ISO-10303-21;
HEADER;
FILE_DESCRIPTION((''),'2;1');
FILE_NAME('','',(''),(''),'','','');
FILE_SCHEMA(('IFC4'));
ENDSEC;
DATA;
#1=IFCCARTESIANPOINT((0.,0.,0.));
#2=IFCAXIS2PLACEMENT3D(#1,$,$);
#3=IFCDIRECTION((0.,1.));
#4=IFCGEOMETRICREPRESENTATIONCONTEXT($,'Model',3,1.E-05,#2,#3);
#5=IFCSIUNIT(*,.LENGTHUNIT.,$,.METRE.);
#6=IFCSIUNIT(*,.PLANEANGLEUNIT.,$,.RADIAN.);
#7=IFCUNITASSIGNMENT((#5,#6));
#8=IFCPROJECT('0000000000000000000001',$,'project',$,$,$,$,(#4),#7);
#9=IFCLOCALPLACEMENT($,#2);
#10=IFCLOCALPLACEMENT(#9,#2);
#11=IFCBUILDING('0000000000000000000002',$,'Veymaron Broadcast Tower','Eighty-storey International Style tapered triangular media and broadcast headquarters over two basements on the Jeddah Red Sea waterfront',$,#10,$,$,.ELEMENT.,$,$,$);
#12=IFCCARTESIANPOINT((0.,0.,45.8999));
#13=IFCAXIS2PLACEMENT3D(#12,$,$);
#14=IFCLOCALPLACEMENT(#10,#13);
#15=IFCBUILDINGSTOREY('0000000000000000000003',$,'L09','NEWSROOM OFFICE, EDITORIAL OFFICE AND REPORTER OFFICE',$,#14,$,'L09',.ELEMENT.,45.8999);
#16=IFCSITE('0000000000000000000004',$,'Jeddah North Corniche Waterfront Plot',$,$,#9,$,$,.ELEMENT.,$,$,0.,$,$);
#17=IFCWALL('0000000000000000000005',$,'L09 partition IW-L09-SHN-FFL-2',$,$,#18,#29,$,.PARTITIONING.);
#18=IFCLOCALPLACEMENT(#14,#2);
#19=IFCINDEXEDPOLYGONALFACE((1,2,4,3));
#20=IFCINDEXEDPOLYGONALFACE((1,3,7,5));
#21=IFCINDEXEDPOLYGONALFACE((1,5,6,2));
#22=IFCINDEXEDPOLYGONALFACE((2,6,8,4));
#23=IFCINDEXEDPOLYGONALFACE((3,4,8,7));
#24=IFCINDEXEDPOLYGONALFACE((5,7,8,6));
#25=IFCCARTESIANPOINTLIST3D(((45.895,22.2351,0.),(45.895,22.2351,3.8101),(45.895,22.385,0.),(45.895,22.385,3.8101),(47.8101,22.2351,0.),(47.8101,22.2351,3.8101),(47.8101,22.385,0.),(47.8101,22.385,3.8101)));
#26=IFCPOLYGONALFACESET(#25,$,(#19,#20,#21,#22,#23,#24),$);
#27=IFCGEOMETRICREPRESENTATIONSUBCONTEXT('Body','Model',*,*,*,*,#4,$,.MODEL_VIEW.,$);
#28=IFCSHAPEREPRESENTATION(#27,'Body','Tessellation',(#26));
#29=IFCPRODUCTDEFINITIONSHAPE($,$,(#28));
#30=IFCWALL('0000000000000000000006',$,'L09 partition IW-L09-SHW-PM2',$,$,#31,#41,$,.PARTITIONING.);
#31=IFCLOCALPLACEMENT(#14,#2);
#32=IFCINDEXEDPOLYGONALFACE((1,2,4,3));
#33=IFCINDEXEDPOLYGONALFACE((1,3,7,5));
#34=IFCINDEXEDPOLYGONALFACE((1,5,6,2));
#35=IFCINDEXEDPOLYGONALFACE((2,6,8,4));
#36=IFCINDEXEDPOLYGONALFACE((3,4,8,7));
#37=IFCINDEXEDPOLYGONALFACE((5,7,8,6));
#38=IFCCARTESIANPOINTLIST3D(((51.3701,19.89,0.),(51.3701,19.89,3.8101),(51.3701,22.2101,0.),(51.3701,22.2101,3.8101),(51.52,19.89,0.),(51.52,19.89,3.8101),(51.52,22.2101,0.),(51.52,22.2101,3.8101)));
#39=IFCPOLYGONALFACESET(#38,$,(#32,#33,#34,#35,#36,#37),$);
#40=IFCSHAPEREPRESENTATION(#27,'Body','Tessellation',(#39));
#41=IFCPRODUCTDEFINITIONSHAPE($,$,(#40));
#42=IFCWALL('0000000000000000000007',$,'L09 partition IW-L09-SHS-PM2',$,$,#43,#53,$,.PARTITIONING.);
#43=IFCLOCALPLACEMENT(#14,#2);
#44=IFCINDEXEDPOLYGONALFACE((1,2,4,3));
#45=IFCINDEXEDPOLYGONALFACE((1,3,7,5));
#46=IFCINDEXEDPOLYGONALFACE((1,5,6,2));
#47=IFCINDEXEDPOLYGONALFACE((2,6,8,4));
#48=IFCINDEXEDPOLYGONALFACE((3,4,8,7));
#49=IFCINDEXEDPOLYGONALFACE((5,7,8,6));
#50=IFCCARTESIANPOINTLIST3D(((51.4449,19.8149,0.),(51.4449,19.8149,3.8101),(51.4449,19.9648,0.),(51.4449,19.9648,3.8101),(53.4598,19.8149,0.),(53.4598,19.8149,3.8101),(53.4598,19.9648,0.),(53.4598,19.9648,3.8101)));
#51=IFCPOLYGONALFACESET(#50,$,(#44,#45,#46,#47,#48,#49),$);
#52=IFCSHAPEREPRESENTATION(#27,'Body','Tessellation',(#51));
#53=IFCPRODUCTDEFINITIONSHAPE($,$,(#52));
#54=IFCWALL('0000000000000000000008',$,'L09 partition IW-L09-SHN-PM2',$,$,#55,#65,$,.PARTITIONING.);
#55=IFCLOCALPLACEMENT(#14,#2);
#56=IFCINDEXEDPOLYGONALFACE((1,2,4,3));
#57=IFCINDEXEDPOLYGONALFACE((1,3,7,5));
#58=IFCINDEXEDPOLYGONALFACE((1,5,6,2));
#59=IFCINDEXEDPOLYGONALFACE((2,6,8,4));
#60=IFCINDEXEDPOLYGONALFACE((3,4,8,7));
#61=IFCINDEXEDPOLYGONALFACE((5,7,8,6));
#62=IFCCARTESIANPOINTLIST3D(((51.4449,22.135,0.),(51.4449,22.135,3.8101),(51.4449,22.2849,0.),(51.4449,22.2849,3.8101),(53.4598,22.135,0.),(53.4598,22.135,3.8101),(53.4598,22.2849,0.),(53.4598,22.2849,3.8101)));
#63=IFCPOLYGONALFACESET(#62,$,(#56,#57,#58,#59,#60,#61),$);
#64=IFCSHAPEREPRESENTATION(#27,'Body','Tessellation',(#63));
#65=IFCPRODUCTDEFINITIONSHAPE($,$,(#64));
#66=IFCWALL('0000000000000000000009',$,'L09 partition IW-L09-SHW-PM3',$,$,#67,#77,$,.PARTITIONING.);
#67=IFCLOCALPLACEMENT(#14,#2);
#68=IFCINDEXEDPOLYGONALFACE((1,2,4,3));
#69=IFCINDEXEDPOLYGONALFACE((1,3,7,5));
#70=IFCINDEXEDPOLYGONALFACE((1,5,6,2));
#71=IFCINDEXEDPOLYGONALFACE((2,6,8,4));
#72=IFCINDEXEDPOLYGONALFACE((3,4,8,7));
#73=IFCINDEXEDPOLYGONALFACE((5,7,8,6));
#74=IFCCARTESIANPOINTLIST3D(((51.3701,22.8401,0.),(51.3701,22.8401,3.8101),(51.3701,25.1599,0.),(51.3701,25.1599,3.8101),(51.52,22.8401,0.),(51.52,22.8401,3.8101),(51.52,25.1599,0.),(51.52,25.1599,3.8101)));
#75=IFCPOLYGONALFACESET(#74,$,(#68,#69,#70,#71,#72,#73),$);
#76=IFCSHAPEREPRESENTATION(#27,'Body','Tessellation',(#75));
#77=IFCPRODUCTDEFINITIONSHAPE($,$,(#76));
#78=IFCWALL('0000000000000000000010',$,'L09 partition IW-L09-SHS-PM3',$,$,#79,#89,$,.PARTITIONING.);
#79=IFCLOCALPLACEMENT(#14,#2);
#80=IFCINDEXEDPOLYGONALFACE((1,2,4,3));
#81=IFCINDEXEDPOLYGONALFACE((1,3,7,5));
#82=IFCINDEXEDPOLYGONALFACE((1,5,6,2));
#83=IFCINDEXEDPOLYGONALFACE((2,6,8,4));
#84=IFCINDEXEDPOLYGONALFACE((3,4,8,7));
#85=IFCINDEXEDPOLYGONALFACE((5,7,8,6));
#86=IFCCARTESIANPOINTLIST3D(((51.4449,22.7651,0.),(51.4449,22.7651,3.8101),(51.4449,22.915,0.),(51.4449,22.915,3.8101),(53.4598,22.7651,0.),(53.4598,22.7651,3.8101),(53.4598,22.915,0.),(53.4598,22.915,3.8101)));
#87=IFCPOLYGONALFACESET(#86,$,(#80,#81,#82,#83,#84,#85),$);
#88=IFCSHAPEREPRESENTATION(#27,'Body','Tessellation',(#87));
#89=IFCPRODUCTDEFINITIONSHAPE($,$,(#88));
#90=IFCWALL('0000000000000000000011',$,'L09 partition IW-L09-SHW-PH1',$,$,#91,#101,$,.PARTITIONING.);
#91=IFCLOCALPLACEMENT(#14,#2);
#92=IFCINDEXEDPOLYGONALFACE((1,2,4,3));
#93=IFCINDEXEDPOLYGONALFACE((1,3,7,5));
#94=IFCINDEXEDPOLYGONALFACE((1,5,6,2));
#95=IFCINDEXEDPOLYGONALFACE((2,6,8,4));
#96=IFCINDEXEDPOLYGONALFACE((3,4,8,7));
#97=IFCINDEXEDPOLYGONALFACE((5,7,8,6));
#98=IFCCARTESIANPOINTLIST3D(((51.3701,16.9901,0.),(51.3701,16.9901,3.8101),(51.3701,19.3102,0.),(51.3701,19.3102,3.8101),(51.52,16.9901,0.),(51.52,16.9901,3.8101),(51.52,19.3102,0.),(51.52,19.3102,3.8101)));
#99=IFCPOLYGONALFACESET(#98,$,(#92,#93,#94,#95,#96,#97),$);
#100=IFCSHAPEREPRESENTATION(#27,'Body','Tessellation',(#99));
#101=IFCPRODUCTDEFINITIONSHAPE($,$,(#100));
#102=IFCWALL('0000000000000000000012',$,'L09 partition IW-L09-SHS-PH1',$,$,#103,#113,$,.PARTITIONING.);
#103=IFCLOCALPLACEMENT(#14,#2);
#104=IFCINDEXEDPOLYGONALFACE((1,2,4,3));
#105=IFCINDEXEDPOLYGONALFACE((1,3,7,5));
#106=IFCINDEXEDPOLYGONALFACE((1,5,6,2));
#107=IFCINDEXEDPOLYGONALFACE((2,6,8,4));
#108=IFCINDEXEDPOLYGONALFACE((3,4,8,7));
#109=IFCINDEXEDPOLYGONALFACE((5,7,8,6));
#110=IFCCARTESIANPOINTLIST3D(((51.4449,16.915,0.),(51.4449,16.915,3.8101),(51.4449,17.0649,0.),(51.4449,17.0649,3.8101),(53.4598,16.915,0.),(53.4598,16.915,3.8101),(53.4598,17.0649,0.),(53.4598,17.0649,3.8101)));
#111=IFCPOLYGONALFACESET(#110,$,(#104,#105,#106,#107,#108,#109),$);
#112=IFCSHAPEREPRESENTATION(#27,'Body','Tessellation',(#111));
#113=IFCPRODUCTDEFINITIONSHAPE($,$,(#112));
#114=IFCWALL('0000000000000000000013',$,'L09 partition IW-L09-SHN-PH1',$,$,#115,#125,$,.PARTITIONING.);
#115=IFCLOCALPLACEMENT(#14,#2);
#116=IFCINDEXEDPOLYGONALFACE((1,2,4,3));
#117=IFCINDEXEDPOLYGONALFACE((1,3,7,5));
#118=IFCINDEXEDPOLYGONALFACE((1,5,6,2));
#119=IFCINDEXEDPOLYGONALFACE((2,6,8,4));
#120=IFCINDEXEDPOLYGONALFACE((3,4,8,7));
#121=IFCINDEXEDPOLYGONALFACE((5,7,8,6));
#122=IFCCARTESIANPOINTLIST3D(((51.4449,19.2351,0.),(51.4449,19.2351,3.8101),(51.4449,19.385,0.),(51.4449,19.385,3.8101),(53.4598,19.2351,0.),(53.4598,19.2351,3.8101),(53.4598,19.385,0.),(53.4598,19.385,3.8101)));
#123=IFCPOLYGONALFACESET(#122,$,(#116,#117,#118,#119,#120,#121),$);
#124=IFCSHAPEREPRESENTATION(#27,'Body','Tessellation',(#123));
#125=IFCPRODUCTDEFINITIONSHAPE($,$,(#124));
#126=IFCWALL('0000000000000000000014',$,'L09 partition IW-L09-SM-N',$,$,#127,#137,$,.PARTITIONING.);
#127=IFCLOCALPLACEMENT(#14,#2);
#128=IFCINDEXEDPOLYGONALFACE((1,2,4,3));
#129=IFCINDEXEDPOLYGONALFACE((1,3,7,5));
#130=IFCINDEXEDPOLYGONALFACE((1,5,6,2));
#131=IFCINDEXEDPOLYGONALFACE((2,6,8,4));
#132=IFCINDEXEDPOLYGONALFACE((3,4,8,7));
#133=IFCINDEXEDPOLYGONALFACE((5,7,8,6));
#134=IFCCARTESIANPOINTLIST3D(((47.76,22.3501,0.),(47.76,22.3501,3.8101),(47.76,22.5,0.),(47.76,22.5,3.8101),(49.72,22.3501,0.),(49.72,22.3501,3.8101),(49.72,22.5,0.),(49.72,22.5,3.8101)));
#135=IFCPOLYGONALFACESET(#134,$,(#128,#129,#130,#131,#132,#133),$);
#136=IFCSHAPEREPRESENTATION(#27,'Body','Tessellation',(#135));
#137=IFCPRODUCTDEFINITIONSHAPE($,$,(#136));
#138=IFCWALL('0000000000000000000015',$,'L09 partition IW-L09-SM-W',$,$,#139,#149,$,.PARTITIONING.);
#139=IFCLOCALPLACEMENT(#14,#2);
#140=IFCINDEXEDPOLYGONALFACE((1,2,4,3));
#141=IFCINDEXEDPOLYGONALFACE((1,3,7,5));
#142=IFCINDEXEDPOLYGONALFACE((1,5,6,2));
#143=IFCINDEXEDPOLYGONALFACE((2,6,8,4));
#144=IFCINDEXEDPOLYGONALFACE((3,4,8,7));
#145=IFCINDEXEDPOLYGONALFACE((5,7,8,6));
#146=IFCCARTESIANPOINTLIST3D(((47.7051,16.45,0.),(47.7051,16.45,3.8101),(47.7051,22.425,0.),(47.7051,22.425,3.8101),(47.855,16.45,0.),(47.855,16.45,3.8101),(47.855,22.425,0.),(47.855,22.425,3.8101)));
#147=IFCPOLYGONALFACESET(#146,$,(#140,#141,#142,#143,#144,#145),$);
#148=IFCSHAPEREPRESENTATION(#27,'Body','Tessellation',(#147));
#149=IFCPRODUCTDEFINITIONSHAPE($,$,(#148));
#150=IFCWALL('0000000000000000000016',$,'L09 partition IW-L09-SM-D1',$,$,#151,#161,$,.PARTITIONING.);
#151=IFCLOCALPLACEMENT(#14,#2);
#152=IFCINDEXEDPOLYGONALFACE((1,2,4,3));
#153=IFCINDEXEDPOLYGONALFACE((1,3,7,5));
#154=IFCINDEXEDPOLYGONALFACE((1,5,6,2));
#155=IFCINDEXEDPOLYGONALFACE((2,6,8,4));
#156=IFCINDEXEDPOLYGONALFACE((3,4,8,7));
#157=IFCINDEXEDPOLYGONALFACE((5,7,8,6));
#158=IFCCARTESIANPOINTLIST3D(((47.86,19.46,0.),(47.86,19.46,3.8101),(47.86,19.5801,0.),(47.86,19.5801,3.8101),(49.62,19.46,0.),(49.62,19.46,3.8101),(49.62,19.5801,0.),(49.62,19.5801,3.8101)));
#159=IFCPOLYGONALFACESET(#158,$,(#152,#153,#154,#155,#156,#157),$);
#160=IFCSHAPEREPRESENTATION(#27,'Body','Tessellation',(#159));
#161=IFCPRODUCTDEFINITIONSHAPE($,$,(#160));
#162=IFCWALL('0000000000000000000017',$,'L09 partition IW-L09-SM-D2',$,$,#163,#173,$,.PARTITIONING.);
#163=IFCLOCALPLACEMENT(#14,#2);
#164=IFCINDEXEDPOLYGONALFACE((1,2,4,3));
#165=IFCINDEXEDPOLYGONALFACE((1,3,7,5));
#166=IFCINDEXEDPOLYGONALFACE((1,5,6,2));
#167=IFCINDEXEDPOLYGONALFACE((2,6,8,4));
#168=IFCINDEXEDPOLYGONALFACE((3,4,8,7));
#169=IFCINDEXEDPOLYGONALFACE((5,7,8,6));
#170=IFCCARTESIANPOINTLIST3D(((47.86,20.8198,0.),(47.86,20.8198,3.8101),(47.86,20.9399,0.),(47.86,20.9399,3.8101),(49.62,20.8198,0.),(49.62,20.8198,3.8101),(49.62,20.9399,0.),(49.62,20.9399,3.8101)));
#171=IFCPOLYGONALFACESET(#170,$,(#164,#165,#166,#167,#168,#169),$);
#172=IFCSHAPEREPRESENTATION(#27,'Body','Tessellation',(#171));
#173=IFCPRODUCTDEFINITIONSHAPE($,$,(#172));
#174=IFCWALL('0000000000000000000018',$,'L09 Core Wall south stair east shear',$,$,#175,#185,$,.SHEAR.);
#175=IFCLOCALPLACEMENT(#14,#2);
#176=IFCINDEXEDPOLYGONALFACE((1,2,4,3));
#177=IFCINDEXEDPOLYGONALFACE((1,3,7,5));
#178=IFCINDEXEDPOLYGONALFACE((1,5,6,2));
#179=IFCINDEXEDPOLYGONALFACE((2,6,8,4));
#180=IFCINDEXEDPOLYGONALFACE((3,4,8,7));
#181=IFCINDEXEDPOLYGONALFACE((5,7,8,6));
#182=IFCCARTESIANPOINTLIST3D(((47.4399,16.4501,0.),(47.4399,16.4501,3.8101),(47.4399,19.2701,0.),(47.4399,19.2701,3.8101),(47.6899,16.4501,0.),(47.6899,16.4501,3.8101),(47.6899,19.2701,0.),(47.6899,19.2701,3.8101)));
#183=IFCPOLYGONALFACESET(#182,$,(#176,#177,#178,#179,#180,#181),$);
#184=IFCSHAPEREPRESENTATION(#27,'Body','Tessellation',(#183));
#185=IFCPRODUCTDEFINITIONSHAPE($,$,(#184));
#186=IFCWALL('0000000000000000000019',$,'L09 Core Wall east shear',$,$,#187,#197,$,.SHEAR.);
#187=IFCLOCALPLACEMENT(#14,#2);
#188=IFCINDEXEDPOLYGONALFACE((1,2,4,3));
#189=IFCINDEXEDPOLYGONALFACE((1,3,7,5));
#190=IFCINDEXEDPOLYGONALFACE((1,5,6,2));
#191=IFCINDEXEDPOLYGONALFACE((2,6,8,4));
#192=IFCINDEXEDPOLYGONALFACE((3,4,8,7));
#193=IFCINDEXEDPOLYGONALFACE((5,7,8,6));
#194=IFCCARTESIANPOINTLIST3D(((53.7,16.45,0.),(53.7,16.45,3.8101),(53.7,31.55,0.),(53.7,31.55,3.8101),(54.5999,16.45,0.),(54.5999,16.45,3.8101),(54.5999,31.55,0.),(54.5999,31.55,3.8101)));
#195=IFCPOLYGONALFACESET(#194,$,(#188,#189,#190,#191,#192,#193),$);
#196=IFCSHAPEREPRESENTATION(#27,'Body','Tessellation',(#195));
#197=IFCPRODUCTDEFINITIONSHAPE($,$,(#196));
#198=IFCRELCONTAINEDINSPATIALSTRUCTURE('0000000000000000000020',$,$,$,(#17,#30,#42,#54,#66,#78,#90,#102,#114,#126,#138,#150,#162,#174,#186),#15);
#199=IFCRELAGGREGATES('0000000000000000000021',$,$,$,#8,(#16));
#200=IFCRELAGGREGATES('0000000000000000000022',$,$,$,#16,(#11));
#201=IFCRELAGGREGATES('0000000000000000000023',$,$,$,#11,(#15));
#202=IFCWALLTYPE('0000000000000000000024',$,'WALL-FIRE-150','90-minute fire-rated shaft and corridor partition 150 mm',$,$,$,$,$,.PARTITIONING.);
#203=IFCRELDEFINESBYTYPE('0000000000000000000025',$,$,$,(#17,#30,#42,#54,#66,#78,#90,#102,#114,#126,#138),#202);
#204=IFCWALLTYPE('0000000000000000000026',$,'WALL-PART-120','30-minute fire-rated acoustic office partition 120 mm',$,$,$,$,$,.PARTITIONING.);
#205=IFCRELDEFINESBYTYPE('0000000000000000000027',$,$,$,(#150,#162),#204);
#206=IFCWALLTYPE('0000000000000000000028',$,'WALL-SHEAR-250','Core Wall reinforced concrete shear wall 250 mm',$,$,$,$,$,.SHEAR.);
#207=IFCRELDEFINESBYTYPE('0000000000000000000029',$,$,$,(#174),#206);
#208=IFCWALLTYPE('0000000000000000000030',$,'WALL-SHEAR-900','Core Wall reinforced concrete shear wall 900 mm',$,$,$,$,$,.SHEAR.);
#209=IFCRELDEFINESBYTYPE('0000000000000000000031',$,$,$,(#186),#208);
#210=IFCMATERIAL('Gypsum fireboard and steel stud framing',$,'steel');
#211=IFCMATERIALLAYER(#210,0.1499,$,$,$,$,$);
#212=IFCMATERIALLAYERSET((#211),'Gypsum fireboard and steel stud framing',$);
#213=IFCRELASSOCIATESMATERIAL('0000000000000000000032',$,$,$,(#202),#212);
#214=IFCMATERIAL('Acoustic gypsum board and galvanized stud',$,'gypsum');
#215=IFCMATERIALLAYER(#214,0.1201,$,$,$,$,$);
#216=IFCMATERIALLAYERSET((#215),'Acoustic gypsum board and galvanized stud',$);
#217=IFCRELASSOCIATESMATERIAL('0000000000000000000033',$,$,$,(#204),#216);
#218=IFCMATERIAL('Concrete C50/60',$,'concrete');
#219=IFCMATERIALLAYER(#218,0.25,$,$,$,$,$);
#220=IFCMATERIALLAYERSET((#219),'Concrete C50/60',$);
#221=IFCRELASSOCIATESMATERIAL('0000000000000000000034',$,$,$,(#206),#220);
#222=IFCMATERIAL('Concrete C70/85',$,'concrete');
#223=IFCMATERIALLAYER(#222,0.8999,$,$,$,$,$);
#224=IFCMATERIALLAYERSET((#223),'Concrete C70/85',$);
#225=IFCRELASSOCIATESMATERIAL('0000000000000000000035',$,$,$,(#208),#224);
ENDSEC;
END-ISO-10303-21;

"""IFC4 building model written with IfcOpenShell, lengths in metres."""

from ifc_helpers import new_model, si_unit, direction, frame, frame_2d, origin, place, context, subcontext, project, spatial, rectangle, extrude, material, layer, layer_set, type_object, element, save


model = new_model("IFC4")

# Units and contexts
model_context = context("Model", 3, precision=1e-05, world=origin(), true_north=direction((0.0, 1.0)))
body_context = subcontext(model_context, "Body", "Model", "MODEL_VIEW")
ifc_project = project(units=[si_unit("LENGTHUNIT", "METRE"), si_unit("PLANEANGLEUNIT", "RADIAN")], contexts=[model_context])

# Site, building, storey
site_placement = place(None, origin())
site = spatial("IfcSite", under=ifc_project, at=site_placement, Name="Jeddah North Corniche Waterfront Plot", CompositionType="ELEMENT", RefElevation=0.0)
building_placement = place(site_placement, origin())
building = spatial("IfcBuilding", under=site, at=building_placement, Name="Veymaron Broadcast Tower", Description="Eighty-storey International Style tapered triangular media and broadcast headquarters over two basements on the Jeddah Red Sea waterfront", CompositionType="ELEMENT")
storey_placement = place(building_placement, frame((0.0, 0.0, 45.8999)))
storey = spatial("IfcBuildingStorey", under=building, at=storey_placement, Name="L09", Description="NEWSROOM OFFICE, EDITORIAL OFFICE AND REPORTER OFFICE", LongName="L09", CompositionType="ELEMENT", Elevation=45.8999)

# Shared definitions
ifc_material_1 = material(Name="Gypsum fireboard and steel stud framing", Category="steel")
ifc_layer_1 = layer(ifc_material_1, 0.1499)
ifc_layer_set_1 = layer_set([ifc_layer_1], Name="Gypsum fireboard and steel stud framing")
wall_type_1 = type_object("IfcWallType", Name="WALL-FIRE-150", Description="90-minute fire-rated shaft and corridor partition 150 mm", PredefinedType="PARTITIONING", material=ifc_layer_set_1)

# Walls
wall_1_placement = place(storey_placement, frame((45.895, 22.3101, 0.0), z_axis=(0.0, 0.0, 1.0), x_axis=(1.0, 0.0, 0.0)))
element("IfcWall", 1, at=wall_1_placement, inside=storey, type_object=wall_type_1, Name="L09 partition IW-L09-SHN-FFL-2", PredefinedType="PARTITIONING", context=body_context, shape_type="SweptSolid", body=[
    extrude(rectangle(XDim=1.915, YDim=0.1499, at=frame_2d((0.9575, 0.0))), origin(), (0.0, 0.0, 1.0), 3.8101),
])
wall_2_placement = place(storey_placement, frame((51.4451, 19.8899, 0.0), z_axis=(0.0, 0.0, 1.0), x_axis=(0.0, 1.0, 0.0)))
element("IfcWall", 2, at=wall_2_placement, inside=storey, type_object=wall_type_1, Name="L09 partition IW-L09-SHW-PM2", PredefinedType="PARTITIONING", context=body_context, shape_type="SweptSolid", body=[
    extrude(rectangle(XDim=2.3201, YDim=0.1499, at=frame_2d((1.1602, 0.0))), origin(), (0.0, 0.0, 1.0), 3.8101),
])
for number, where, z_axis, x_axis, name in (
    (3, (51.4451, 19.8899, 0.0), (0.0, 0.0, 1.0), (1.0, 0.0, 0.0), "L09 partition IW-L09-SHS-PM2"),
    (4, (51.4451, 22.21, 0.0), (0.0, 0.0, 1.0), (1.0, 0.0, 0.0), "L09 partition IW-L09-SHN-PM2"),
):
    element("IfcWall", number, at=place(storey_placement, frame(where, z_axis=z_axis, x_axis=x_axis)), inside=storey, type_object=wall_type_1, Name=name, PredefinedType="PARTITIONING", context=body_context, shape_type="SweptSolid", body=[
        extrude(rectangle(XDim=2.0149, YDim=0.1499, at=frame_2d((1.0073, 0.0))), origin(), (0.0, 0.0, 1.0), 3.8101),
    ])
wall_3_placement = place(storey_placement, frame((51.4451, 22.8401, 0.0), z_axis=(0.0, 0.0, 1.0), x_axis=(0.0, 1.0, 0.0)))
element("IfcWall", 5, at=wall_3_placement, inside=storey, type_object=wall_type_1, Name="L09 partition IW-L09-SHW-PM3", PredefinedType="PARTITIONING", context=body_context, shape_type="SweptSolid", body=[
    extrude(rectangle(XDim=2.3198, YDim=0.1499, at=frame_2d((1.1599, 0.0))), origin(), (0.0, 0.0, 1.0), 3.8101),
])
wall_4_placement = place(storey_placement, frame((51.4451, 22.8401, 0.0), z_axis=(0.0, 0.0, 1.0), x_axis=(1.0, 0.0, 0.0)))
element("IfcWall", 6, at=wall_4_placement, inside=storey, type_object=wall_type_1, Name="L09 partition IW-L09-SHS-PM3", PredefinedType="PARTITIONING", context=body_context, shape_type="SweptSolid", body=[
    extrude(rectangle(XDim=2.0149, YDim=0.1499, at=frame_2d((1.0073, 0.0))), origin(), (0.0, 0.0, 1.0), 3.8101),
])
wall_5_placement = place(storey_placement, frame((51.4451, 16.99, 0.0), z_axis=(0.0, 0.0, 1.0), x_axis=(0.0, 1.0, 0.0)))
element("IfcWall", 7, at=wall_5_placement, inside=storey, type_object=wall_type_1, Name="L09 partition IW-L09-SHW-PH1", PredefinedType="PARTITIONING", context=body_context, shape_type="SweptSolid", body=[
    extrude(rectangle(XDim=2.3201, YDim=0.1499, at=frame_2d((1.1602, 0.0))), origin(), (0.0, 0.0, 1.0), 3.8101),
])
for number, where, z_axis, x_axis, name in (
    (8, (51.4451, 16.99, 0.0), (0.0, 0.0, 1.0), (1.0, 0.0, 0.0), "L09 partition IW-L09-SHS-PH1"),
    (9, (51.4451, 19.3101, 0.0), (0.0, 0.0, 1.0), (1.0, 0.0, 0.0), "L09 partition IW-L09-SHN-PH1"),
):
    element("IfcWall", number, at=place(storey_placement, frame(where, z_axis=z_axis, x_axis=x_axis)), inside=storey, type_object=wall_type_1, Name=name, PredefinedType="PARTITIONING", context=body_context, shape_type="SweptSolid", body=[
        extrude(rectangle(XDim=2.0149, YDim=0.1499, at=frame_2d((1.0073, 0.0))), origin(), (0.0, 0.0, 1.0), 3.8101),
    ])

# Walls
wall_6_placement = place(storey_placement, frame((47.76, 22.425, 0.0), z_axis=(0.0, 0.0, 1.0), x_axis=(1.0, 0.0, 0.0)))
element("IfcWall", 10, at=wall_6_placement, inside=storey, type_object=wall_type_1, Name="L09 partition IW-L09-SM-N", PredefinedType="PARTITIONING", context=body_context, shape_type="SweptSolid", body=[
    extrude(rectangle(XDim=1.96, YDim=0.1499, at=frame_2d((0.98, 0.0))), origin(), (0.0, 0.0, 1.0), 3.8101),
])
wall_7_placement = place(storey_placement, frame((47.78, 16.45, 0.0), z_axis=(0.0, 0.0, 1.0), x_axis=(0.0, 1.0, 0.0)))
element("IfcWall", 11, at=wall_7_placement, inside=storey, type_object=wall_type_1, Name="L09 partition IW-L09-SM-W", PredefinedType="PARTITIONING", context=body_context, shape_type="SweptSolid", body=[
    extrude(rectangle(XDim=5.9751, YDim=0.1499, at=frame_2d((2.9875, 0.0))), origin(), (0.0, 0.0, 1.0), 3.8101),
])
ifc_material_2 = material(Name="Acoustic gypsum board and galvanized stud", Category="gypsum")
ifc_layer_2 = layer(ifc_material_2, 0.1201)
ifc_layer_set_2 = layer_set([ifc_layer_2], Name="Acoustic gypsum board and galvanized stud")
wall_type_2 = type_object("IfcWallType", Name="WALL-PART-120", Description="30-minute fire-rated acoustic office partition 120 mm", PredefinedType="PARTITIONING", material=ifc_layer_set_2)
for number, where, z_axis, x_axis, name in (
    (12, (47.8601, 19.52, 0.0), (0.0, 0.0, 1.0), (1.0, 0.0, 0.0), "L09 partition IW-L09-SM-D1"),
    (13, (47.8601, 20.8799, 0.0), (0.0, 0.0, 1.0), (1.0, 0.0, 0.0), "L09 partition IW-L09-SM-D2"),
):
    element("IfcWall", number, at=place(storey_placement, frame(where, z_axis=z_axis, x_axis=x_axis)), inside=storey, type_object=wall_type_2, Name=name, PredefinedType="PARTITIONING", context=body_context, shape_type="SweptSolid", body=[
        extrude(rectangle(XDim=1.76, YDim=0.1201, at=frame_2d((0.8799, 0.0))), origin(), (0.0, 0.0, 1.0), 3.8101),
    ])

# Walls
ifc_material_3 = material(Name="Concrete C50/60", Category="concrete")
ifc_layer_3 = layer(ifc_material_3, 0.25)
ifc_layer_set_3 = layer_set([ifc_layer_3], Name="Concrete C50/60")
wall_type_3 = type_object("IfcWallType", Name="WALL-SHEAR-250", Description="Core Wall reinforced concrete shear wall 250 mm", PredefinedType="SHEAR", material=ifc_layer_set_3)
wall_8_placement = place(storey_placement, frame((47.5649, 16.45, 0.0), z_axis=(0.0, 0.0, 1.0), x_axis=(0.0, 1.0, 0.0)))
element("IfcWall", 14, at=wall_8_placement, inside=storey, type_object=wall_type_3, Name="L09 Core Wall south stair east shear", PredefinedType="SHEAR", context=body_context, shape_type="SweptSolid", body=[
    extrude(rectangle(XDim=2.8201, YDim=0.25, at=frame_2d((1.4102, 0.0))), origin(), (0.0, 0.0, 1.0), 3.8101),
])
ifc_material_4 = material(Name="Concrete C70/85", Category="concrete")
ifc_layer_4 = layer(ifc_material_4, 0.8999)
ifc_layer_set_4 = layer_set([ifc_layer_4], Name="Concrete C70/85")
wall_type_4 = type_object("IfcWallType", Name="WALL-SHEAR-900", Description="Core Wall reinforced concrete shear wall 900 mm", PredefinedType="SHEAR", material=ifc_layer_set_4)
wall_9_placement = place(storey_placement, frame((54.1499, 16.45, 0.0), z_axis=(0.0, 0.0, 1.0), x_axis=(0.0, 1.0, 0.0)))
element("IfcWall", 15, at=wall_9_placement, inside=storey, type_object=wall_type_4, Name="L09 Core Wall east shear", PredefinedType="SHEAR", context=body_context, shape_type="SweptSolid", body=[
    extrude(rectangle(XDim=15.1001, YDim=0.8999, at=frame_2d((7.55, 0.0))), origin(), (0.0, 0.0, 1.0), 3.8101),
])

save(model, "model.ifc")
